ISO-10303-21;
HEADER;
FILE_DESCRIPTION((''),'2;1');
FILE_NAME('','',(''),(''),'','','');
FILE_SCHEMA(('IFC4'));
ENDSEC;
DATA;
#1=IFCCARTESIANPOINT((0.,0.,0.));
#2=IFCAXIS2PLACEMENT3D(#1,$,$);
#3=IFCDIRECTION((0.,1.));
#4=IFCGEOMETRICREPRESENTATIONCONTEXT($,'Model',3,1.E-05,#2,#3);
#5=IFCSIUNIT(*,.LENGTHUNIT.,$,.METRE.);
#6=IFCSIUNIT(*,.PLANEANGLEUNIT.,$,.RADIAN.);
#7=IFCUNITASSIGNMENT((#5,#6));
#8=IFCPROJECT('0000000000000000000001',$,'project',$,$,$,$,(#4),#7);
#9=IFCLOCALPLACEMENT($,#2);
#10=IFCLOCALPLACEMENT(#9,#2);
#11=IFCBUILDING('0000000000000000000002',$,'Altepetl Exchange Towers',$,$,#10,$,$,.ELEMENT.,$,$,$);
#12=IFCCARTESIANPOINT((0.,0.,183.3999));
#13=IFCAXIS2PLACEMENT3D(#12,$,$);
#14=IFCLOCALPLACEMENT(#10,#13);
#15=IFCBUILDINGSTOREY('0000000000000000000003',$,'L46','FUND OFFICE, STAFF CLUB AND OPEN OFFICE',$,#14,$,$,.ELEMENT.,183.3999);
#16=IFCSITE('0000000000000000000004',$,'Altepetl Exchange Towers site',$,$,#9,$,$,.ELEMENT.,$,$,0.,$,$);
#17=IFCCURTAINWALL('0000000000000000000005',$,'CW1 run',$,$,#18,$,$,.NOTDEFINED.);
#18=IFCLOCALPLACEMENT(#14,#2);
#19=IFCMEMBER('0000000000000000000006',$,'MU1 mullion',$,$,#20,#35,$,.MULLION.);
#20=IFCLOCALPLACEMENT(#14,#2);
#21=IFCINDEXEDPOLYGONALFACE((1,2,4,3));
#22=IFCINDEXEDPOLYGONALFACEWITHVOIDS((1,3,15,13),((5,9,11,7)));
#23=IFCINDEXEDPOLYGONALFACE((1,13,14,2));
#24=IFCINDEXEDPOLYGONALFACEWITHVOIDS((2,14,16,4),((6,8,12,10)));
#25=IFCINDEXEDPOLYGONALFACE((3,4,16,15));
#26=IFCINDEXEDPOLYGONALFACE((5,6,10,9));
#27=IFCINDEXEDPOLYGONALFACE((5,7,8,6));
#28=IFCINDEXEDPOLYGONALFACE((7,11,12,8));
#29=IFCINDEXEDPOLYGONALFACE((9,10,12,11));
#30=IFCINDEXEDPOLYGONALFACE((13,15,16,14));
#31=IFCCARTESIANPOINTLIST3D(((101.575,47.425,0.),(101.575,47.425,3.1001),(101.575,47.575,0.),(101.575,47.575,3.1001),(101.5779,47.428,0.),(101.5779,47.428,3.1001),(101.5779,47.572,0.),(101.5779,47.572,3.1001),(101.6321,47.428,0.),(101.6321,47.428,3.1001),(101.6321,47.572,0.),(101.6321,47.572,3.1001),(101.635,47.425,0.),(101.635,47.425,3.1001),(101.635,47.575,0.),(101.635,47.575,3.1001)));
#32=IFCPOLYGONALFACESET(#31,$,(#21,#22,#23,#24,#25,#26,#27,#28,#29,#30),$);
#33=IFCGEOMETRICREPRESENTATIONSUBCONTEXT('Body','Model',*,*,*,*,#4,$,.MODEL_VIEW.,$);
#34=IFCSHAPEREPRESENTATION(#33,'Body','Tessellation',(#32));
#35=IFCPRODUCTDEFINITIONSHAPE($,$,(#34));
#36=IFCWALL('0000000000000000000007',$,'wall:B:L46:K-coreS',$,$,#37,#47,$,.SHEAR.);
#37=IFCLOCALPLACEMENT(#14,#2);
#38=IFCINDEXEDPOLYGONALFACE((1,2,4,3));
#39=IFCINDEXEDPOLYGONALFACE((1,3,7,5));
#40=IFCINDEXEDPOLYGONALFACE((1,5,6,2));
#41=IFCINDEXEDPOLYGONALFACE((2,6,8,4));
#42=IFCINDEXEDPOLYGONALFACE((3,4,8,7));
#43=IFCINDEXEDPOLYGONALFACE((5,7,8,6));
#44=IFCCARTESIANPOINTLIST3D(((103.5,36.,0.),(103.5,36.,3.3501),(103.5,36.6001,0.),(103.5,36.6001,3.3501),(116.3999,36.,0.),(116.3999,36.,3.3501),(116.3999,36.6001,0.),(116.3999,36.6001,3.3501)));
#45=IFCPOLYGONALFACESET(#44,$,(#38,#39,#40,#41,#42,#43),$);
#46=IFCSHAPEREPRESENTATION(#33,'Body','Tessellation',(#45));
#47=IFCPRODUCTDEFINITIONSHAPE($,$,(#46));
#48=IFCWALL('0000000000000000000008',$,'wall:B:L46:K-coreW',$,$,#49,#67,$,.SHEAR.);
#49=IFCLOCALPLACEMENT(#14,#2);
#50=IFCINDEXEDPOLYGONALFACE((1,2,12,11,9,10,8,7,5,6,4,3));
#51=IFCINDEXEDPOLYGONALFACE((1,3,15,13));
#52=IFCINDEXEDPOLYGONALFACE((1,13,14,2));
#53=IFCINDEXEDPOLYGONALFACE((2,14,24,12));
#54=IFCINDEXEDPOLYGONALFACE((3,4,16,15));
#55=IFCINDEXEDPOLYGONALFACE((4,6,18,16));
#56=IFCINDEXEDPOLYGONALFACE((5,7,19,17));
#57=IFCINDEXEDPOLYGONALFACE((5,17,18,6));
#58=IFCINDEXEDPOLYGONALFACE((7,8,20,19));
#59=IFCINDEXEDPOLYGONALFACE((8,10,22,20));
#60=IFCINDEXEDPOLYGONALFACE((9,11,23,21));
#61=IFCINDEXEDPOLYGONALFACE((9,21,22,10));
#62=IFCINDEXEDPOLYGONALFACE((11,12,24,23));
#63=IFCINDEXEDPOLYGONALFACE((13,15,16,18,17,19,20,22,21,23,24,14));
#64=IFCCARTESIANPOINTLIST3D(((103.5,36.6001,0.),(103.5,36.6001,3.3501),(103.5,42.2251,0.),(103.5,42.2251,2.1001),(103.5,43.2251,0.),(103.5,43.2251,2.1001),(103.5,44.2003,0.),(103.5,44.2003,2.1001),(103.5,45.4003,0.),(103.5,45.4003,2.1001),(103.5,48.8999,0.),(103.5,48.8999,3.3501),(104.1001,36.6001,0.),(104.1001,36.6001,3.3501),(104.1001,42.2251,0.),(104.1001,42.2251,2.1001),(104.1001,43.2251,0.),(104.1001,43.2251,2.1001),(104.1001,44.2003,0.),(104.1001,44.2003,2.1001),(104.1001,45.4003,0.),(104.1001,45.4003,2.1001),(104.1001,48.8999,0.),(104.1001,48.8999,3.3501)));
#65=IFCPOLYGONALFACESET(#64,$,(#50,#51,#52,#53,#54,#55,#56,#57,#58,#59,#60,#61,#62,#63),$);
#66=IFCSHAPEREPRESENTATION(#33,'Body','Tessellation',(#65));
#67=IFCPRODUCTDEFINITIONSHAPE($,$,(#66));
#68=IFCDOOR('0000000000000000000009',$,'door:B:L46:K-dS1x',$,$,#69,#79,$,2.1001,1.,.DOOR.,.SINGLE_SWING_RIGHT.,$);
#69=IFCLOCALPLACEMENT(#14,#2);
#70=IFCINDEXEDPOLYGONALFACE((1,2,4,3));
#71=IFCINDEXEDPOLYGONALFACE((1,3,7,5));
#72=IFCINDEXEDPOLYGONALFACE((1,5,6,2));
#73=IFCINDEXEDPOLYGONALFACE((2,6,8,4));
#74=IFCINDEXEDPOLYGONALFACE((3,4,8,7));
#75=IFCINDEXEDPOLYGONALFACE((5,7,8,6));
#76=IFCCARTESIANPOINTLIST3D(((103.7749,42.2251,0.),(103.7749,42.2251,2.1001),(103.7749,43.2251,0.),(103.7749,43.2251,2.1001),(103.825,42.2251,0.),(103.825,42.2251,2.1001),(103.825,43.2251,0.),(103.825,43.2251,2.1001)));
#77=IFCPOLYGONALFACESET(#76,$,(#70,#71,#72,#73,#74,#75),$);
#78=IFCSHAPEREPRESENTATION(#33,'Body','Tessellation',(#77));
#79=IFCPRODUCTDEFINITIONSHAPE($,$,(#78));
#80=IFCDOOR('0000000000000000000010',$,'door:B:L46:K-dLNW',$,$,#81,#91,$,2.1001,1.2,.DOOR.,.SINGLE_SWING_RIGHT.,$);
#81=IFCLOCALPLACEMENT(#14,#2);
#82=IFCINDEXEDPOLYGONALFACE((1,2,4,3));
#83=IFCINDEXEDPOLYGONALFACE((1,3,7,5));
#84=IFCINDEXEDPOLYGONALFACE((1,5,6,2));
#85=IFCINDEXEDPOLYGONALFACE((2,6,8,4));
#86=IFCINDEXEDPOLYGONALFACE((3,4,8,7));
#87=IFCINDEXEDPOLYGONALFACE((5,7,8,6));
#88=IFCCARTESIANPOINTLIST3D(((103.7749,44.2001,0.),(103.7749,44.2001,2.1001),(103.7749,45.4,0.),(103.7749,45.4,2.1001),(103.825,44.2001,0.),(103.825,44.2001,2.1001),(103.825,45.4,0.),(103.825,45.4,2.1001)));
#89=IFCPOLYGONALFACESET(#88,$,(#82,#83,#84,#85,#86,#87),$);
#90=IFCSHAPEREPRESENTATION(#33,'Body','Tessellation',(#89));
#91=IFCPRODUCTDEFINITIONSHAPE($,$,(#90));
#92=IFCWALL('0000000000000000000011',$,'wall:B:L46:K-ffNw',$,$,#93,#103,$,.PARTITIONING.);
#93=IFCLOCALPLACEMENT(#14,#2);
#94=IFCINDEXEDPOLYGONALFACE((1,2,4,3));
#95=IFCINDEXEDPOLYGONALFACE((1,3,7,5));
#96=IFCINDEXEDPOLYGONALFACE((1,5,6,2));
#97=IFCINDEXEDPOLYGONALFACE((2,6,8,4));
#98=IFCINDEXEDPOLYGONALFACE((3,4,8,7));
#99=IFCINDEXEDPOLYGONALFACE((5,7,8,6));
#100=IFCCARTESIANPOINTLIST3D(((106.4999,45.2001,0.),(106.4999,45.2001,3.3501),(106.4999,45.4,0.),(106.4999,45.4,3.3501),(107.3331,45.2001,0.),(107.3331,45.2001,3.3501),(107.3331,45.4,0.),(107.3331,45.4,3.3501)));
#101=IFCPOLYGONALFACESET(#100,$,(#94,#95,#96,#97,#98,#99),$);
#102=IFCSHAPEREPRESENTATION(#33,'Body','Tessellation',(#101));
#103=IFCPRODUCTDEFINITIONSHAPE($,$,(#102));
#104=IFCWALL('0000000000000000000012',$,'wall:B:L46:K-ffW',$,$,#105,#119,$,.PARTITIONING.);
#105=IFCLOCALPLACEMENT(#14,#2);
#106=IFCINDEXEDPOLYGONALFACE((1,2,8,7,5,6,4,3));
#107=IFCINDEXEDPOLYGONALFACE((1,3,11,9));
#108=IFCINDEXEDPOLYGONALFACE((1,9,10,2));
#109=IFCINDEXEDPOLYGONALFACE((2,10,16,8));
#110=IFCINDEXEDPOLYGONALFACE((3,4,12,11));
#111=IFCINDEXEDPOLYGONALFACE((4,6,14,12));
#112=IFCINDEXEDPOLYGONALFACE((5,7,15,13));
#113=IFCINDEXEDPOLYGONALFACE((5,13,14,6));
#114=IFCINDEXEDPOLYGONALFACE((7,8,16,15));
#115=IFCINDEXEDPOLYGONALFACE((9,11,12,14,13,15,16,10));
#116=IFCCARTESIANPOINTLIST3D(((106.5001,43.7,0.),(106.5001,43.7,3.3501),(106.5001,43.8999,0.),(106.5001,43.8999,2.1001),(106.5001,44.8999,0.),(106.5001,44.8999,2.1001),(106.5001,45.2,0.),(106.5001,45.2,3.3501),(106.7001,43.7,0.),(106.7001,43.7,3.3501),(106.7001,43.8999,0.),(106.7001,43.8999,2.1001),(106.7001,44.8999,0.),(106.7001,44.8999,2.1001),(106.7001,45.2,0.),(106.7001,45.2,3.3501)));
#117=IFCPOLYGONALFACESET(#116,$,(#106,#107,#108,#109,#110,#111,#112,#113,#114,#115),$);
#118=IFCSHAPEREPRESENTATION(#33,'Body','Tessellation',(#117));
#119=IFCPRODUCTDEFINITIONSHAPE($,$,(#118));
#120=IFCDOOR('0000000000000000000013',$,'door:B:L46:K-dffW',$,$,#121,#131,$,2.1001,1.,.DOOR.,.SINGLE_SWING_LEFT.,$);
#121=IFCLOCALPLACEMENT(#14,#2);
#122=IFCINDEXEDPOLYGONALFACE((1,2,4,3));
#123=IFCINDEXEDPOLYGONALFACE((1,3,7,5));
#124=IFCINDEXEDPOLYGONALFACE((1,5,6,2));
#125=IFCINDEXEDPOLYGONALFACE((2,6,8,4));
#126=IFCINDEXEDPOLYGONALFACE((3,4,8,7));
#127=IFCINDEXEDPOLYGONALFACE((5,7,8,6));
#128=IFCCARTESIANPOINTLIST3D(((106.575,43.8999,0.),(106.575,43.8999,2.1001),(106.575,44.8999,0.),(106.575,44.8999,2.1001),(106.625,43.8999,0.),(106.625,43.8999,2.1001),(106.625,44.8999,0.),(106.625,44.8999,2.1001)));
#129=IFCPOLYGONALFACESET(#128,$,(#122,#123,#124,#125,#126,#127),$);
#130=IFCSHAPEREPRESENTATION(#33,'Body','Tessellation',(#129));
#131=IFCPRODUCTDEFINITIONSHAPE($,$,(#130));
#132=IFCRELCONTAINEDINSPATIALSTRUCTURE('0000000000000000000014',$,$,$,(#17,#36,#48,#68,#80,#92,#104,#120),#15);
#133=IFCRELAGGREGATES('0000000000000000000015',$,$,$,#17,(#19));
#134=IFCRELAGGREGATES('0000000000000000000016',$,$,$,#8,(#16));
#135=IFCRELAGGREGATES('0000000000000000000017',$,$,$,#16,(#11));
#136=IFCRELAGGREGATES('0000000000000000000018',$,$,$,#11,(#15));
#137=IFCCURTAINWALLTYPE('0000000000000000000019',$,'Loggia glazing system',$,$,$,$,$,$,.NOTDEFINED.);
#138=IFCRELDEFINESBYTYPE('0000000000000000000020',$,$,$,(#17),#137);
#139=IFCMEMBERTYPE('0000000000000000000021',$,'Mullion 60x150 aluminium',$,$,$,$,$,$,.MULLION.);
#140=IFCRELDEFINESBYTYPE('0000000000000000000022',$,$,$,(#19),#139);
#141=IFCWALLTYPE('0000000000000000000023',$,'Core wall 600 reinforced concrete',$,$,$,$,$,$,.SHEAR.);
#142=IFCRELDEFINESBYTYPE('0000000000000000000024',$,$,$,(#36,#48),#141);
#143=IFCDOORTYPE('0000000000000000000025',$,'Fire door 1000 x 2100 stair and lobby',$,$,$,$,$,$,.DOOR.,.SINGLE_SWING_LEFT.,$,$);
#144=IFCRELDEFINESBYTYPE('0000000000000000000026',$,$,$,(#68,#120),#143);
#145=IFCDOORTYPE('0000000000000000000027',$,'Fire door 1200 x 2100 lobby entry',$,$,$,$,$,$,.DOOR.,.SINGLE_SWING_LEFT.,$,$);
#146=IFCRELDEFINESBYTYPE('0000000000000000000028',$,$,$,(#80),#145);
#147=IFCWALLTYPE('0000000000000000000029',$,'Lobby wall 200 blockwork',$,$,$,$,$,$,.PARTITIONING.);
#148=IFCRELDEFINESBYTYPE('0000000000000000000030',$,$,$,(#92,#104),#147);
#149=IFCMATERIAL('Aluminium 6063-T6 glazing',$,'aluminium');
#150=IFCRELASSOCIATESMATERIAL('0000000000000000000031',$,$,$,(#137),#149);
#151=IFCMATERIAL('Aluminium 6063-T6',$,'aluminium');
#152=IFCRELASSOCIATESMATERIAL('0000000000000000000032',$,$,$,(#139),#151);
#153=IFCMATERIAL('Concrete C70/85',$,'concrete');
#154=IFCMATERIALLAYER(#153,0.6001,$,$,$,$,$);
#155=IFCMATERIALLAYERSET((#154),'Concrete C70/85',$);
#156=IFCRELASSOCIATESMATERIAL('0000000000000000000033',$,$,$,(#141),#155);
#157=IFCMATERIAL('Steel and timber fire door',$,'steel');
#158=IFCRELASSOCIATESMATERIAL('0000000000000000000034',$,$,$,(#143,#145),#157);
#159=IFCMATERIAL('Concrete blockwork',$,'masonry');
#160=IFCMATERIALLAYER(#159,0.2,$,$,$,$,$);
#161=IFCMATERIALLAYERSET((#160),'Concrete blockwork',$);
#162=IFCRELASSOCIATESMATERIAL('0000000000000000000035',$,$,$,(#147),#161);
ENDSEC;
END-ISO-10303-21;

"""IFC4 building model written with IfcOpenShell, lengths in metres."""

from ifc_helpers import new_model, si_unit, direction, frame, frame_2d, origin, origin_2d, place, context, subcontext, project, spatial, rectangle, hollow_rectangle, extrude, material, layer, layer_set, material_profile, profile_set, type_object, element, fill, aggregate, save


model = new_model("IFC4")

# Units and contexts
model_context = context("Model", 3, precision=1e-05, world=origin(), true_north=direction((0.0, 1.0)))
body_context = subcontext(model_context, "Body", "Model", "MODEL_VIEW")
ifc_project = project(units=[si_unit("LENGTHUNIT", "METRE"), si_unit("PLANEANGLEUNIT", "RADIAN")], contexts=[model_context])

# Site, building, storey
site_placement = place(None, origin())
site = spatial("IfcSite", under=ifc_project, at=site_placement, Name="Altepetl Exchange Towers site", CompositionType="ELEMENT", RefElevation=0.0)
building_placement = place(site_placement, origin())
building = spatial("IfcBuilding", under=site, at=building_placement, Name="Altepetl Exchange Towers", CompositionType="ELEMENT")
storey_placement = place(building_placement, frame((0.0, 0.0, 183.3999)))
storey = spatial("IfcBuildingStorey", under=building, at=storey_placement, Name="L46", Description="FUND OFFICE, STAFF CLUB AND OPEN OFFICE", CompositionType="ELEMENT", Elevation=183.3999)

# Curtain wall, member
ifc_material_1 = material(Name="Aluminium 6063-T6 glazing", Category="aluminium")
curtain_wall_type = type_object("IfcCurtainWallType", Name="Loggia glazing system", PredefinedType="NOTDEFINED", material=ifc_material_1)
curtain_wall_placement = place(storey_placement, origin())
curtain_wall = element("IfcCurtainWall", 1, at=curtain_wall_placement, inside=storey, type_object=curtain_wall_type, Name="CW1 run", PredefinedType="NOTDEFINED")
ifc_material_2 = material(Name="Aluminium 6063-T6", Category="aluminium")
ifc_material_profile = material_profile(ifc_material_2, hollow_rectangle(XDim=0.0601, YDim=0.1499, WallThickness=0.0029, at=origin_2d()), Name="Mullion 60x150 aluminium")
ifc_profile_set = profile_set([ifc_material_profile], Name="Aluminium 6063-T6")
member_type = type_object("IfcMemberType", Name="Mullion 60x150 aluminium", PredefinedType="MULLION", material=ifc_profile_set)
member_placement = place(storey_placement, frame((101.605, 47.5, 0.0), z_axis=(0.0, 0.0, 1.0), x_axis=(-1.0, 0.0, 0.0)))
member = element("IfcMember", 2, at=member_placement, type_object=member_type, Name="MU1 mullion", PredefinedType="MULLION", context=body_context, shape_type="SweptSolid", body=[
    extrude(hollow_rectangle(XDim=0.0601, YDim=0.1499, WallThickness=0.0029, at=origin_2d()), origin(), (0.0, 0.0, 1.0), 3.1001),
])
aggregate(curtain_wall, [member])

# Wall
ifc_material_3 = material(Name="Concrete C70/85", Category="concrete")
ifc_layer_1 = layer(ifc_material_3, 0.6001)
ifc_layer_set_1 = layer_set([ifc_layer_1], Name="Concrete C70/85")
wall_type_1 = type_object("IfcWallType", Name="Core wall 600 reinforced concrete", PredefinedType="SHEAR", material=ifc_layer_set_1)
wall_1_placement = place(storey_placement, frame((103.5, 36.3, 0.0)))
element("IfcWall", 3, at=wall_1_placement, inside=storey, type_object=wall_type_1, Name="wall:B:L46:K-coreS", PredefinedType="SHEAR", context=body_context, shape_type="SweptSolid", body=[
    extrude(rectangle(XDim=12.8999, YDim=0.6001, at=frame_2d((6.45, 0.0))), origin(), (0.0, 0.0, 1.0), 3.3501),
])

# Wall, openings, doors
wall_2_placement = place(storey_placement, frame((103.8, 36.6001, 0.0), z_axis=(0.0, 0.0, 1.0), x_axis=(0.0, 1.0, 0.0)))
wall_2 = element("IfcWall", 4, at=wall_2_placement, inside=storey, type_object=wall_type_1, Name="wall:B:L46:K-coreW", PredefinedType="SHEAR", context=body_context, shape_type="SweptSolid", body=[
    extrude(rectangle(XDim=12.2998, YDim=0.6001, at=frame_2d((6.1499, 0.0))), origin(), (0.0, 0.0, 1.0), 3.3501),
])
opening_1_placement = place(wall_2_placement, frame((7.6001, 0.0, 0.0)))
opening_1 = element("IfcOpeningElement", 5, at=opening_1_placement, cuts=wall_2, PredefinedType="OPENING", context=body_context, shape_type="SweptSolid", body=[
    extrude(rectangle(XDim=1.2, YDim=2.1001, at=frame_2d((0.6001, 1.05))), frame((0.0, 0.3101, 0.0), z_axis=(0.0, -1.0, 0.0), x_axis=(1.0, 0.0, 0.0)), (0.0, 0.0, 1.0), 0.6201),
])
opening_2_placement = place(wall_2_placement, frame((5.625, 0.0, 0.0)))
opening_2 = element("IfcOpeningElement", 6, at=opening_2_placement, cuts=wall_2, PredefinedType="OPENING", context=body_context, shape_type="SweptSolid", body=[
    extrude(rectangle(XDim=1.0, YDim=2.1001, at=frame_2d((0.5, 1.05))), frame((0.0, 0.3101, 0.0), z_axis=(0.0, -1.0, 0.0), x_axis=(1.0, 0.0, 0.0)), (0.0, 0.0, 1.0), 0.6201),
])
ifc_material_4 = material(Name="Steel and timber fire door", Category="steel")
door_type_1 = type_object("IfcDoorType", Name="Fire door 1000 x 2100 stair and lobby", OperationType="SINGLE_SWING_LEFT", PredefinedType="DOOR", material=ifc_material_4)
door_1_placement = place(opening_2_placement, frame((1.0, 0.0, 0.0), x_axis=(-1.0, 0.0, 0.0)))
door_1 = element("IfcDoor", 7, at=door_1_placement, inside=storey, type_object=door_type_1, Name="door:B:L46:K-dS1x", OperationType="SINGLE_SWING_RIGHT", OverallHeight=2.1001, OverallWidth=1.0, PredefinedType="DOOR", context=body_context, shape_type="SweptSolid", body=[
    extrude(rectangle(XDim=1.0, YDim=2.1001, at=frame_2d((0.5, 1.05))), frame((0.0, 0.0249, 0.0), z_axis=(0.0, -1.0, 0.0), x_axis=(1.0, 0.0, 0.0)), (0.0, 0.0, 1.0), 0.05),
])
fill(opening_2, door_1)
door_type_2 = type_object("IfcDoorType", Name="Fire door 1200 x 2100 lobby entry", OperationType="SINGLE_SWING_LEFT", PredefinedType="DOOR", material=ifc_material_4)
door_2_placement = place(opening_1_placement, frame((1.2, 0.0, 0.0), x_axis=(-1.0, 0.0, 0.0)))
door_2 = element("IfcDoor", 8, at=door_2_placement, inside=storey, type_object=door_type_2, Name="door:B:L46:K-dLNW", OperationType="SINGLE_SWING_RIGHT", OverallHeight=2.1001, OverallWidth=1.2, PredefinedType="DOOR", context=body_context, shape_type="SweptSolid", body=[
    extrude(rectangle(XDim=1.2, YDim=2.1001, at=frame_2d((0.6001, 1.05))), frame((0.0, 0.0249, 0.0), z_axis=(0.0, -1.0, 0.0), x_axis=(1.0, 0.0, 0.0)), (0.0, 0.0, 1.0), 0.05),
])
fill(opening_1, door_2)

# Wall
ifc_material_5 = material(Name="Concrete blockwork", Category="masonry")
ifc_layer_2 = layer(ifc_material_5, 0.2)
ifc_layer_set_2 = layer_set([ifc_layer_2], Name="Concrete blockwork")
wall_type_2 = type_object("IfcWallType", Name="Lobby wall 200 blockwork", PredefinedType="PARTITIONING", material=ifc_layer_set_2)
wall_3_placement = place(storey_placement, frame((106.5, 45.3, 0.0)))
element("IfcWall", 9, at=wall_3_placement, inside=storey, type_object=wall_type_2, Name="wall:B:L46:K-ffNw", PredefinedType="PARTITIONING", context=body_context, shape_type="SweptSolid", body=[
    extrude(rectangle(XDim=0.8333, YDim=0.2, at=frame_2d((0.4165, 0.0))), origin(), (0.0, 0.0, 1.0), 3.3501),
])

# Wall, opening, door
wall_4_placement = place(storey_placement, frame((106.6001, 43.7, 0.0), z_axis=(0.0, 0.0, 1.0), x_axis=(0.0, 1.0, 0.0)))
wall_4 = element("IfcWall", 10, at=wall_4_placement, inside=storey, type_object=wall_type_2, Name="wall:B:L46:K-ffW", PredefinedType="PARTITIONING", context=body_context, shape_type="SweptSolid", body=[
    extrude(rectangle(XDim=1.5, YDim=0.2, at=frame_2d((0.75, 0.0))), origin(), (0.0, 0.0, 1.0), 3.3501),
])
opening_3_placement = place(wall_4_placement, frame((0.2, 0.0, 0.0)))
opening_3 = element("IfcOpeningElement", 11, at=opening_3_placement, cuts=wall_4, PredefinedType="OPENING", context=body_context, shape_type="SweptSolid", body=[
    extrude(rectangle(XDim=1.0, YDim=2.1001, at=frame_2d((0.5, 1.05))), frame((0.0, 0.1099, 0.0), z_axis=(0.0, -1.0, 0.0), x_axis=(1.0, 0.0, 0.0)), (0.0, 0.0, 1.0), 0.22),
])
door_3_placement = place(opening_3_placement, frame((1.0, 0.0, 0.0), x_axis=(-1.0, 0.0, 0.0)))
door_3 = element("IfcDoor", 12, at=door_3_placement, inside=storey, type_object=door_type_1, Name="door:B:L46:K-dffW", OperationType="SINGLE_SWING_LEFT", OverallHeight=2.1001, OverallWidth=1.0, PredefinedType="DOOR", context=body_context, shape_type="SweptSolid", body=[
    extrude(rectangle(XDim=1.0, YDim=2.1001, at=frame_2d((0.5, 1.05))), frame((0.0, 0.0249, 0.0), z_axis=(0.0, -1.0, 0.0), x_axis=(1.0, 0.0, 0.0)), (0.0, 0.0, 1.0), 0.05),
])
fill(opening_3, door_3)

save(model, "model.ifc")
